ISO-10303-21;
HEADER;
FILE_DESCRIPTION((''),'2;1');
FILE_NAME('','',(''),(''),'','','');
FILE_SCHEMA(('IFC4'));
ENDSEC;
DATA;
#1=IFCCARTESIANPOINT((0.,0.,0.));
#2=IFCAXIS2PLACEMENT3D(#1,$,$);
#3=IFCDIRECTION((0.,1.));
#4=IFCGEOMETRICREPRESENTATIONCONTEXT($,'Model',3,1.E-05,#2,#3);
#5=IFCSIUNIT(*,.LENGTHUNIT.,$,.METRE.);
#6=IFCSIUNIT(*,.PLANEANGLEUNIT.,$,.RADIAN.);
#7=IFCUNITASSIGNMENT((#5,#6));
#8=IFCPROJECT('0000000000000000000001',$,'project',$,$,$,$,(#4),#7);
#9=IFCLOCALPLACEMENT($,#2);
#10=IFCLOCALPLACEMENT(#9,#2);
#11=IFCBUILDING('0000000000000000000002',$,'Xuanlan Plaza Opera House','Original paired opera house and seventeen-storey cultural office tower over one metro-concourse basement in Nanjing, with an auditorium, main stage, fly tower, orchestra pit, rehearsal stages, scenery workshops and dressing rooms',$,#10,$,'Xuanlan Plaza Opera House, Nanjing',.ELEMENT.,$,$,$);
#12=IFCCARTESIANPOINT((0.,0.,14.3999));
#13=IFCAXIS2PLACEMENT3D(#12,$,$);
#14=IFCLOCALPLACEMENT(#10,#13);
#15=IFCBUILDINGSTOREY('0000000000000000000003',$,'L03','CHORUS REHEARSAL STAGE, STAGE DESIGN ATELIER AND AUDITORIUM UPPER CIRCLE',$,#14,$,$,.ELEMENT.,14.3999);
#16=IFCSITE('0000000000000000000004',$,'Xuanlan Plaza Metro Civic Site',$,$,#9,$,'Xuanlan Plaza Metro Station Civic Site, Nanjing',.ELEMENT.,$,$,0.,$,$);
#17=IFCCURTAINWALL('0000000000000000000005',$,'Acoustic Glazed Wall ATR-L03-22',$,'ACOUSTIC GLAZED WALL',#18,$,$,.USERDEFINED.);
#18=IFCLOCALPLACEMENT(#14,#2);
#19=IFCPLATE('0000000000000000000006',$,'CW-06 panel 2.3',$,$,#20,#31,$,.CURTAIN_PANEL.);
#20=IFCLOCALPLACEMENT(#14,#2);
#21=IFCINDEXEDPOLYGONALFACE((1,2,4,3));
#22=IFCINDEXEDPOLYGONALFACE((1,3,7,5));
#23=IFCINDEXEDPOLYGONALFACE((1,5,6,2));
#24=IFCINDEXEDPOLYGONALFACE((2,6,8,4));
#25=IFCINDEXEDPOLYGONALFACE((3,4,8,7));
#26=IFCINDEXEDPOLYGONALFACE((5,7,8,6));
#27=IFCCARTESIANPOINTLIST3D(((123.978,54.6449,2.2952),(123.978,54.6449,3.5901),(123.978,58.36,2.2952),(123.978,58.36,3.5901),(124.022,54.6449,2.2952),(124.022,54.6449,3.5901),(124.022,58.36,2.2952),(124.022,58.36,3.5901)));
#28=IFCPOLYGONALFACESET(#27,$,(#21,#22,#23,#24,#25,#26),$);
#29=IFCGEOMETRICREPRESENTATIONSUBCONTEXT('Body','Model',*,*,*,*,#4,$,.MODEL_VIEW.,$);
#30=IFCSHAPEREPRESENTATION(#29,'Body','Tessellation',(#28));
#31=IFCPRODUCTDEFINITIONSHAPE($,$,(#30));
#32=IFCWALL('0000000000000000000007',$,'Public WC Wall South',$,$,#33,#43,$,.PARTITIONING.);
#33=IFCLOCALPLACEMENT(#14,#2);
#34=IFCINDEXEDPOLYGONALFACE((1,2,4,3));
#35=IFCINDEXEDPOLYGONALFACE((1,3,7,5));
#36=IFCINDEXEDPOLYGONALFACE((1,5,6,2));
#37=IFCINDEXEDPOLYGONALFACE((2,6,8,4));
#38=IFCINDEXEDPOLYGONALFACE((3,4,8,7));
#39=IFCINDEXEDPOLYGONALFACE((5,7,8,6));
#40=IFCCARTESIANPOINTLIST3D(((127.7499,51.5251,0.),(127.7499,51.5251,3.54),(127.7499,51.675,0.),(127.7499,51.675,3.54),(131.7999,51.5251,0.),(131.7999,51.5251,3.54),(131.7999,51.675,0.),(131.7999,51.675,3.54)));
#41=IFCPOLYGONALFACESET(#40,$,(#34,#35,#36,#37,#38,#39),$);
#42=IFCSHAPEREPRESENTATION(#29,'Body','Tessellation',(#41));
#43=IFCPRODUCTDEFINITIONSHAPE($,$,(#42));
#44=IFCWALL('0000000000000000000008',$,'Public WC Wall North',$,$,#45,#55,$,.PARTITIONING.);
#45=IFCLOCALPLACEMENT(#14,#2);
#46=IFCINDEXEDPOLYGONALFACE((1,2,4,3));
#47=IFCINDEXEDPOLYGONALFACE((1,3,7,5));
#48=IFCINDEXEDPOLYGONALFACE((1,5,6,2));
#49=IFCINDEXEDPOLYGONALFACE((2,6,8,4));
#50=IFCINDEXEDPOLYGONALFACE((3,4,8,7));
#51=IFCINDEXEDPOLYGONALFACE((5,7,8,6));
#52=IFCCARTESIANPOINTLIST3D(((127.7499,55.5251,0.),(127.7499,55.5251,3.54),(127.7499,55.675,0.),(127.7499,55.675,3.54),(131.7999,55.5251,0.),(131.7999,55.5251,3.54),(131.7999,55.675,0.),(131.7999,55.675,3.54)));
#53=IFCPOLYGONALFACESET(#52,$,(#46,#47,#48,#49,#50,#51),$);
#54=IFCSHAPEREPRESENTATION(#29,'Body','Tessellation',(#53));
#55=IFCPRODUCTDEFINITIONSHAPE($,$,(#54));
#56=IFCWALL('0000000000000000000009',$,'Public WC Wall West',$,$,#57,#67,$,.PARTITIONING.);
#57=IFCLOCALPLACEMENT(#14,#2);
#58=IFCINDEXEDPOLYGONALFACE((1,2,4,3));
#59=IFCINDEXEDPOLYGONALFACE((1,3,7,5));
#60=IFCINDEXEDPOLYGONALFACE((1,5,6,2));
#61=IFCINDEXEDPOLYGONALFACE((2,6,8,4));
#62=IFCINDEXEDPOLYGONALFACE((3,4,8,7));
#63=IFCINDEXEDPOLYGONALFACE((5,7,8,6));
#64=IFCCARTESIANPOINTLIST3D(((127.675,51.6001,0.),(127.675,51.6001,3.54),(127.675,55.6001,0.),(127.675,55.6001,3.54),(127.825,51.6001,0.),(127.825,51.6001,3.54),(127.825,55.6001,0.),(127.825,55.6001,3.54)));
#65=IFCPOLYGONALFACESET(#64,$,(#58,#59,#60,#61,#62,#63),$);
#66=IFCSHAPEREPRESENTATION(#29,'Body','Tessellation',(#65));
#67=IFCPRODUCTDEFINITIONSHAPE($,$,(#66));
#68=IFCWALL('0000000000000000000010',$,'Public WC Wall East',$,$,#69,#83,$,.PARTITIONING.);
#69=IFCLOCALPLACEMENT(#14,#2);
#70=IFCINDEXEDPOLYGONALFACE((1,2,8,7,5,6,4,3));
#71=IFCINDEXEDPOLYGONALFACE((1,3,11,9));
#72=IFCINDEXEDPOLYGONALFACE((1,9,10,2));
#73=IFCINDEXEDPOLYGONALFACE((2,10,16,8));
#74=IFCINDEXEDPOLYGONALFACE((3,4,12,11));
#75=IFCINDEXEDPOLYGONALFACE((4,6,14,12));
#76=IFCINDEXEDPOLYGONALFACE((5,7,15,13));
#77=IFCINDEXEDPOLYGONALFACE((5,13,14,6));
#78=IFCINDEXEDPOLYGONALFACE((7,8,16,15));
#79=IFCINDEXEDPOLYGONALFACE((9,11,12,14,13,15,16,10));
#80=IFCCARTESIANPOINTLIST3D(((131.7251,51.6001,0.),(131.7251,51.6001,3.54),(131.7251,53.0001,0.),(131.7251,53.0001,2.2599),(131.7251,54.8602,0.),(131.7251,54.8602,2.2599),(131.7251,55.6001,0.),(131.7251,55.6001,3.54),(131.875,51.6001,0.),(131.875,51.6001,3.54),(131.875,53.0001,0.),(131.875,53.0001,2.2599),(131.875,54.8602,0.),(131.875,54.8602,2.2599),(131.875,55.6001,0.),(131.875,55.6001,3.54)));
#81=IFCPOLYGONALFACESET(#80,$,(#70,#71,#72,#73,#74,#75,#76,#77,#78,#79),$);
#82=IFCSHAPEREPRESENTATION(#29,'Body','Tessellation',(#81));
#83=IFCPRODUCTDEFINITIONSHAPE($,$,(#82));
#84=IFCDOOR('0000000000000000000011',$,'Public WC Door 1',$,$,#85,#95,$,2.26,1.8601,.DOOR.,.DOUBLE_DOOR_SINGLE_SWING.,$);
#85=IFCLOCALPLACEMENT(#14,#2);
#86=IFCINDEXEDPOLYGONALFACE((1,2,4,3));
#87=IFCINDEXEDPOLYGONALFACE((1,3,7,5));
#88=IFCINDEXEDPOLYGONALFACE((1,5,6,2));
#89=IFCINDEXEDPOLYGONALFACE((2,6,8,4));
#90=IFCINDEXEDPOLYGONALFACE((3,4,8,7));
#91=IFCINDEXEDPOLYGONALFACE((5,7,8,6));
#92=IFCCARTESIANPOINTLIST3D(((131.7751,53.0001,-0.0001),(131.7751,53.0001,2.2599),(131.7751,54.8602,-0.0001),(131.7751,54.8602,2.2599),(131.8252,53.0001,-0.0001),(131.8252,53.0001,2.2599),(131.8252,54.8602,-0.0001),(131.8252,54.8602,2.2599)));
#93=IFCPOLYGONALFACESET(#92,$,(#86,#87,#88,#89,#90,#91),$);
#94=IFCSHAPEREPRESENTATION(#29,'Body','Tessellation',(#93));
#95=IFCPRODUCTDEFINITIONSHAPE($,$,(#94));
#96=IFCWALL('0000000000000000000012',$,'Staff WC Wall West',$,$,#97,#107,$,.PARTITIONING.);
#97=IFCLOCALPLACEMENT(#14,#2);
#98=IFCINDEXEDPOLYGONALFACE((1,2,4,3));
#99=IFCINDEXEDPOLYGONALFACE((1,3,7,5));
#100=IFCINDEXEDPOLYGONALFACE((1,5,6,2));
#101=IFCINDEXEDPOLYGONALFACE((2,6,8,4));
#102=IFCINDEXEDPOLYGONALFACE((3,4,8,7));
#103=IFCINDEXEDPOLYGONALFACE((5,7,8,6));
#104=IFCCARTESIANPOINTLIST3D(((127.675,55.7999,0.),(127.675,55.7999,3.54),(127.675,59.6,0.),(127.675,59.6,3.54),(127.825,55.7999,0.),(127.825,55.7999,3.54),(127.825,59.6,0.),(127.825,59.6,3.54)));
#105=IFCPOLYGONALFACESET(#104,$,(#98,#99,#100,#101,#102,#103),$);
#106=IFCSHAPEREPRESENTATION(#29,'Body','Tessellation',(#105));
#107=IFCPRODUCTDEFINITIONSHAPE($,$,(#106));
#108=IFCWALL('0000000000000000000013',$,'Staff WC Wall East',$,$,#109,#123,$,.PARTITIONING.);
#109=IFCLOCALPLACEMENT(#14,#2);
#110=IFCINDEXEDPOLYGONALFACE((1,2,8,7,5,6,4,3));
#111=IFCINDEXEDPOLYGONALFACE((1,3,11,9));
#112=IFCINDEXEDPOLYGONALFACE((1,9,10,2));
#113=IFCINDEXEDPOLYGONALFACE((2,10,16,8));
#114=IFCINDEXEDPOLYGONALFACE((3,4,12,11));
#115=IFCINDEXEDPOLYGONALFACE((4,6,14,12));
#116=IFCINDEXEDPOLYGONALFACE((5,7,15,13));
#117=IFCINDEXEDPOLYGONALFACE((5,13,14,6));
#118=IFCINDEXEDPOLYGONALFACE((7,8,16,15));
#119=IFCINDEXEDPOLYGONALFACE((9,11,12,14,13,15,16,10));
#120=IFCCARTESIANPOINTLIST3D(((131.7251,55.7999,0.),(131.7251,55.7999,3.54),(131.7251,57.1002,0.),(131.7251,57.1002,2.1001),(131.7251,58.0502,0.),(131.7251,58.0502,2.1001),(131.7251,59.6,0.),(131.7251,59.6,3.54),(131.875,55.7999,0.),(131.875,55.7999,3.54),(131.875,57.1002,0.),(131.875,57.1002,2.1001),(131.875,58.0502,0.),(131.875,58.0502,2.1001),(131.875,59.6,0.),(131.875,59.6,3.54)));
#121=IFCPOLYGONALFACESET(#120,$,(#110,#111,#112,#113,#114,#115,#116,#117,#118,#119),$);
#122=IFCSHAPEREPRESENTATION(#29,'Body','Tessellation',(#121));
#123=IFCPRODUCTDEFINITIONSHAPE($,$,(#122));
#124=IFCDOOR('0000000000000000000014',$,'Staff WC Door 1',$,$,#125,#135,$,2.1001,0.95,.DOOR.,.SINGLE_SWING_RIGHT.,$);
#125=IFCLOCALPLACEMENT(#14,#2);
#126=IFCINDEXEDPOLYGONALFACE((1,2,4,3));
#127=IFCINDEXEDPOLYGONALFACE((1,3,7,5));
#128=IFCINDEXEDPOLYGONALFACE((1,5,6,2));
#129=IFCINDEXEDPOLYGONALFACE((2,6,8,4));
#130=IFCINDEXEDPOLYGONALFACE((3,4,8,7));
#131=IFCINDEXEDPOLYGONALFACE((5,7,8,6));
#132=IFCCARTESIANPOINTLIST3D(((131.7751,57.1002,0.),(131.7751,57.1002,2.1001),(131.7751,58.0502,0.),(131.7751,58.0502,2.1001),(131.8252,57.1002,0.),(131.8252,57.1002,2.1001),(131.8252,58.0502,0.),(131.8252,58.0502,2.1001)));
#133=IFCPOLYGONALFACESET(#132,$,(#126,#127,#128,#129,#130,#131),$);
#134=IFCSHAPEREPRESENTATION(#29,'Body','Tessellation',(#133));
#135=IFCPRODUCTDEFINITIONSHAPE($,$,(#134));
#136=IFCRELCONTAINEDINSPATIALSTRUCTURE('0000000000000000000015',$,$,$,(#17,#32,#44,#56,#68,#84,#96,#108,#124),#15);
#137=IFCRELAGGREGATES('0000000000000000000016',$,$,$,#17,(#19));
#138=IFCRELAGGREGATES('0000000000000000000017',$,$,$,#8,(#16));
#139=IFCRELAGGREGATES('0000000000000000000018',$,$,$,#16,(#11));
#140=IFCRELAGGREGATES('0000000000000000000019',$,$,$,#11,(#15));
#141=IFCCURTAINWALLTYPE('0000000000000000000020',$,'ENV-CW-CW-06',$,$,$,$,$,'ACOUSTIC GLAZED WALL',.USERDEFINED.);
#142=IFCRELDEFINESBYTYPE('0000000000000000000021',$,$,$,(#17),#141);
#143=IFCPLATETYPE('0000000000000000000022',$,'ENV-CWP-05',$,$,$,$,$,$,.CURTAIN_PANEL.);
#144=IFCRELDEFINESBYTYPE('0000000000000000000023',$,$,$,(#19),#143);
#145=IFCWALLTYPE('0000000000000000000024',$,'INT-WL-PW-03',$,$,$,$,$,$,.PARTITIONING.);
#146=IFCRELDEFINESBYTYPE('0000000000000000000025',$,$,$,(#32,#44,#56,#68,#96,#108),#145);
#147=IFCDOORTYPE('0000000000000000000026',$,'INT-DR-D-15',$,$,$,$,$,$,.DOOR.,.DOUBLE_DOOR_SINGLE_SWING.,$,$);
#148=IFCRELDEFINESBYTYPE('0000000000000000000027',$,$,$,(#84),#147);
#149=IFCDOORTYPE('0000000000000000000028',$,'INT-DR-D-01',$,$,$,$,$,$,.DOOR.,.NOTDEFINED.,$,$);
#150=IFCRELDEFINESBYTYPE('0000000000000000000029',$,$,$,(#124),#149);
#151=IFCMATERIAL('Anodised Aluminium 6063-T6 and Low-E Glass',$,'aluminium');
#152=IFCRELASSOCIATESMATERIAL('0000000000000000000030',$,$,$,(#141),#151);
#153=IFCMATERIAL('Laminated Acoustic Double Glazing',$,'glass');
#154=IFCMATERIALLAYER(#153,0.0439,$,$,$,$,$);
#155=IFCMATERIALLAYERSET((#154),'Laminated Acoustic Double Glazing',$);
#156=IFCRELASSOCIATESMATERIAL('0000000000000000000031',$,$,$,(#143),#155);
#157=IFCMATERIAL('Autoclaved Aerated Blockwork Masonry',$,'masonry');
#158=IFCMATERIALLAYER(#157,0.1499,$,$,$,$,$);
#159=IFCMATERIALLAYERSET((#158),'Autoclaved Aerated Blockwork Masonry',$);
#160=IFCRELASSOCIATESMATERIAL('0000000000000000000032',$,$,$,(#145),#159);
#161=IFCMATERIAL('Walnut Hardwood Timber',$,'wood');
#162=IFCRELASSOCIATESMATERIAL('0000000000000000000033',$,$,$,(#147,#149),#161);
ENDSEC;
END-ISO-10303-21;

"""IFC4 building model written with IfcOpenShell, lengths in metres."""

from ifc_helpers import new_model, si_unit, direction, frame, frame_2d, origin, origin_2d, place, context, subcontext, project, spatial, rectangle, extrude, material, layer, layer_set, type_object, element, fill, aggregate, save


model = new_model("IFC4")

# Units and contexts
model_context = context("Model", 3, precision=1e-05, world=origin(), true_north=direction((0.0, 1.0)))
body_context = subcontext(model_context, "Body", "Model", "MODEL_VIEW")
ifc_project = project(units=[si_unit("LENGTHUNIT", "METRE"), si_unit("PLANEANGLEUNIT", "RADIAN")], contexts=[model_context])

# Site, building, storey
site_placement = place(None, origin())
site = spatial("IfcSite", under=ifc_project, at=site_placement, Name="Xuanlan Plaza Metro Civic Site", LongName="Xuanlan Plaza Metro Station Civic Site, Nanjing", CompositionType="ELEMENT", RefElevation=0.0)
building_placement = place(site_placement, origin())
building = spatial("IfcBuilding", under=site, at=building_placement, Name="Xuanlan Plaza Opera House", Description="Original paired opera house and seventeen-storey cultural office tower over one metro-concourse basement in Nanjing, with an auditorium, main stage, fly tower, orchestra pit, rehearsal stages, scenery workshops and dressing rooms", LongName="Xuanlan Plaza Opera House, Nanjing", CompositionType="ELEMENT")
storey_placement = place(building_placement, frame((0.0, 0.0, 14.3999)))
storey = spatial("IfcBuildingStorey", under=building, at=storey_placement, Name="L03", Description="CHORUS REHEARSAL STAGE, STAGE DESIGN ATELIER AND AUDITORIUM UPPER CIRCLE", CompositionType="ELEMENT", Elevation=14.3999)

# Shared definitions
ifc_material_1 = material(Name="Anodised Aluminium 6063-T6 and Low-E Glass", Category="aluminium")
curtain_wall_type = type_object("IfcCurtainWallType", Name="ENV-CW-CW-06", ElementType="ACOUSTIC GLAZED WALL", PredefinedType="USERDEFINED", material=ifc_material_1)

# Curtain wall
curtain_wall_1_placement = place(storey_placement, origin())
curtain_wall_1 = element("IfcCurtainWall", 1, at=curtain_wall_1_placement, inside=storey, type_object=curtain_wall_type, Name="Acoustic Glazed Wall ATR-L03-22", ObjectType="ACOUSTIC GLAZED WALL", PredefinedType="USERDEFINED")

# Plate
ifc_material_2 = material(Name="Laminated Acoustic Double Glazing", Category="glass")
ifc_layer_1 = layer(ifc_material_2, 0.0439)
ifc_layer_set_1 = layer_set([ifc_layer_1], Name="Laminated Acoustic Double Glazing")
plate_type = type_object("IfcPlateType", Name="ENV-CWP-05", PredefinedType="CURTAIN_PANEL", material=ifc_layer_set_1)
plate_1_placement = place(storey_placement, frame((124.0, 56.5024, 2.2952), z_axis=(0.0, 0.0, 1.0), x_axis=(0.0, 1.0, 0.0)))
plate_1 = element("IfcPlate", 2, at=plate_1_placement, type_object=plate_type, Name="CW-06 panel 2.3", PredefinedType="CURTAIN_PANEL", context=body_context, shape_type="SweptSolid", body=[
    extrude(rectangle(XDim=3.7151, YDim=0.0439, at=origin_2d()), origin(), (0.0, 0.0, 1.0), 1.2949),
])
aggregate(curtain_wall_1, [plate_1])

# Walls
ifc_material_3 = material(Name="Autoclaved Aerated Blockwork Masonry", Category="masonry")
ifc_layer_2 = layer(ifc_material_3, 0.1499)
ifc_layer_set_2 = layer_set([ifc_layer_2], Name="Autoclaved Aerated Blockwork Masonry")
wall_type = type_object("IfcWallType", Name="INT-WL-PW-03", PredefinedType="PARTITIONING", material=ifc_layer_set_2)
for number, where, z_axis, x_axis, name in (
    (3, (127.75, 51.6001, 0.0), (0.0, 0.0, 1.0), (1.0, 0.0, 0.0), "Public WC Wall South"),
    (4, (127.75, 55.6001, 0.0), (0.0, 0.0, 1.0), (1.0, 0.0, 0.0), "Public WC Wall North"),
):
    element("IfcWall", number, at=place(storey_placement, frame(where, z_axis=z_axis, x_axis=x_axis)), inside=storey, type_object=wall_type, Name=name, PredefinedType="PARTITIONING", context=body_context, shape_type="SweptSolid", body=[
        extrude(rectangle(XDim=4.05, YDim=0.1499, at=frame_2d((2.0249, 0.0))), origin(), (0.0, 0.0, 1.0), 3.54),
    ])
wall_1_placement = place(storey_placement, frame((127.75, 51.6001, 0.0), z_axis=(0.0, 0.0, 1.0), x_axis=(0.0, 1.0, 0.0)))
element("IfcWall", 5, at=wall_1_placement, inside=storey, type_object=wall_type, Name="Public WC Wall West", PredefinedType="PARTITIONING", context=body_context, shape_type="SweptSolid", body=[
    extrude(rectangle(XDim=4.0, YDim=0.1499, at=frame_2d((2.0, 0.0))), origin(), (0.0, 0.0, 1.0), 3.54),
])

# Wall, opening, door
wall_2_placement = place(storey_placement, frame((131.8, 51.6001, 0.0), z_axis=(0.0, 0.0, 1.0), x_axis=(0.0, 1.0, 0.0)))
wall_2 = element("IfcWall", 6, at=wall_2_placement, inside=storey, type_object=wall_type, Name="Public WC Wall East", PredefinedType="PARTITIONING", context=body_context, shape_type="SweptSolid", body=[
    extrude(rectangle(XDim=4.0, YDim=0.1499, at=frame_2d((2.0, 0.0))), origin(), (0.0, 0.0, 1.0), 3.54),
])
opening_1_placement = place(wall_2_placement, frame((1.3999, 0.0, 0.0)))
opening_1 = element("IfcOpeningElement", 7, at=opening_1_placement, cuts=wall_2, PredefinedType="OPENING", context=body_context, shape_type="SweptSolid", body=[
    extrude(rectangle(XDim=1.8601, YDim=2.26, at=frame_2d((0.9302, 1.1299))), frame((0.0, 0.085, 0.0), z_axis=(0.0, -1.0, 0.0), x_axis=(1.0, 0.0, 0.0)), (0.0, 0.0, 1.0), 0.1699),
])
ifc_material_4 = material(Name="Walnut Hardwood Timber", Category="wood")
door_type_1 = type_object("IfcDoorType", Name="INT-DR-D-15", OperationType="DOUBLE_DOOR_SINGLE_SWING", PredefinedType="DOOR", material=ifc_material_4)
door_1_placement = place(opening_1_placement, origin())
door_1 = element("IfcDoor", 8, at=door_1_placement, inside=storey, type_object=door_type_1, Name="Public WC Door 1", OperationType="DOUBLE_DOOR_SINGLE_SWING", OverallHeight=2.26, OverallWidth=1.8601, PredefinedType="DOOR", context=body_context, shape_type="SweptSolid", body=[
    extrude(rectangle(XDim=1.8601, YDim=2.26, at=frame_2d((0.9302, 1.1299))), frame((0.0, 0.0249, 0.0), z_axis=(0.0, -1.0, 0.0), x_axis=(1.0, 0.0, 0.0)), (0.0, 0.0, 1.0), 0.05),
])
fill(opening_1, door_1)

# Wall
wall_3_placement = place(storey_placement, frame((127.75, 55.8, 0.0), z_axis=(0.0, 0.0, 1.0), x_axis=(0.0, 1.0, 0.0)))
element("IfcWall", 9, at=wall_3_placement, inside=storey, type_object=wall_type, Name="Staff WC Wall West", PredefinedType="PARTITIONING", context=body_context, shape_type="SweptSolid", body=[
    extrude(rectangle(XDim=3.8, YDim=0.1499, at=frame_2d((1.8999, 0.0))), origin(), (0.0, 0.0, 1.0), 3.54),
])

# Wall, opening, door
wall_4_placement = place(storey_placement, frame((131.8, 55.8, 0.0), z_axis=(0.0, 0.0, 1.0), x_axis=(0.0, 1.0, 0.0)))
wall_4 = element("IfcWall", 10, at=wall_4_placement, inside=storey, type_object=wall_type, Name="Staff WC Wall East", PredefinedType="PARTITIONING", context=body_context, shape_type="SweptSolid", body=[
    extrude(rectangle(XDim=3.8, YDim=0.1499, at=frame_2d((1.8999, 0.0))), origin(), (0.0, 0.0, 1.0), 3.54),
])
opening_2_placement = place(wall_4_placement, frame((1.3, 0.0, 0.0)))
opening_2 = element("IfcOpeningElement", 11, at=opening_2_placement, cuts=wall_4, PredefinedType="OPENING", context=body_context, shape_type="SweptSolid", body=[
    extrude(rectangle(XDim=0.95, YDim=2.1001, at=frame_2d((0.4751, 1.05))), frame((0.0, 0.085, 0.0), z_axis=(0.0, -1.0, 0.0), x_axis=(1.0, 0.0, 0.0)), (0.0, 0.0, 1.0), 0.1699),
])
door_type_2 = type_object("IfcDoorType", Name="INT-DR-D-01", OperationType="NOTDEFINED", PredefinedType="DOOR", material=ifc_material_4)
door_2_placement = place(opening_2_placement, origin())
door_2 = element("IfcDoor", 12, at=door_2_placement, inside=storey, type_object=door_type_2, Name="Staff WC Door 1", OperationType="SINGLE_SWING_RIGHT", OverallHeight=2.1001, OverallWidth=0.95, PredefinedType="DOOR", context=body_context, shape_type="SweptSolid", body=[
    extrude(rectangle(XDim=0.95, YDim=2.1001, at=frame_2d((0.4751, 1.05))), frame((0.0, 0.0249, 0.0), z_axis=(0.0, -1.0, 0.0), x_axis=(1.0, 0.0, 0.0)), (0.0, 0.0, 1.0), 0.05),
])
fill(opening_2, door_2)

save(model, "model.ifc")
